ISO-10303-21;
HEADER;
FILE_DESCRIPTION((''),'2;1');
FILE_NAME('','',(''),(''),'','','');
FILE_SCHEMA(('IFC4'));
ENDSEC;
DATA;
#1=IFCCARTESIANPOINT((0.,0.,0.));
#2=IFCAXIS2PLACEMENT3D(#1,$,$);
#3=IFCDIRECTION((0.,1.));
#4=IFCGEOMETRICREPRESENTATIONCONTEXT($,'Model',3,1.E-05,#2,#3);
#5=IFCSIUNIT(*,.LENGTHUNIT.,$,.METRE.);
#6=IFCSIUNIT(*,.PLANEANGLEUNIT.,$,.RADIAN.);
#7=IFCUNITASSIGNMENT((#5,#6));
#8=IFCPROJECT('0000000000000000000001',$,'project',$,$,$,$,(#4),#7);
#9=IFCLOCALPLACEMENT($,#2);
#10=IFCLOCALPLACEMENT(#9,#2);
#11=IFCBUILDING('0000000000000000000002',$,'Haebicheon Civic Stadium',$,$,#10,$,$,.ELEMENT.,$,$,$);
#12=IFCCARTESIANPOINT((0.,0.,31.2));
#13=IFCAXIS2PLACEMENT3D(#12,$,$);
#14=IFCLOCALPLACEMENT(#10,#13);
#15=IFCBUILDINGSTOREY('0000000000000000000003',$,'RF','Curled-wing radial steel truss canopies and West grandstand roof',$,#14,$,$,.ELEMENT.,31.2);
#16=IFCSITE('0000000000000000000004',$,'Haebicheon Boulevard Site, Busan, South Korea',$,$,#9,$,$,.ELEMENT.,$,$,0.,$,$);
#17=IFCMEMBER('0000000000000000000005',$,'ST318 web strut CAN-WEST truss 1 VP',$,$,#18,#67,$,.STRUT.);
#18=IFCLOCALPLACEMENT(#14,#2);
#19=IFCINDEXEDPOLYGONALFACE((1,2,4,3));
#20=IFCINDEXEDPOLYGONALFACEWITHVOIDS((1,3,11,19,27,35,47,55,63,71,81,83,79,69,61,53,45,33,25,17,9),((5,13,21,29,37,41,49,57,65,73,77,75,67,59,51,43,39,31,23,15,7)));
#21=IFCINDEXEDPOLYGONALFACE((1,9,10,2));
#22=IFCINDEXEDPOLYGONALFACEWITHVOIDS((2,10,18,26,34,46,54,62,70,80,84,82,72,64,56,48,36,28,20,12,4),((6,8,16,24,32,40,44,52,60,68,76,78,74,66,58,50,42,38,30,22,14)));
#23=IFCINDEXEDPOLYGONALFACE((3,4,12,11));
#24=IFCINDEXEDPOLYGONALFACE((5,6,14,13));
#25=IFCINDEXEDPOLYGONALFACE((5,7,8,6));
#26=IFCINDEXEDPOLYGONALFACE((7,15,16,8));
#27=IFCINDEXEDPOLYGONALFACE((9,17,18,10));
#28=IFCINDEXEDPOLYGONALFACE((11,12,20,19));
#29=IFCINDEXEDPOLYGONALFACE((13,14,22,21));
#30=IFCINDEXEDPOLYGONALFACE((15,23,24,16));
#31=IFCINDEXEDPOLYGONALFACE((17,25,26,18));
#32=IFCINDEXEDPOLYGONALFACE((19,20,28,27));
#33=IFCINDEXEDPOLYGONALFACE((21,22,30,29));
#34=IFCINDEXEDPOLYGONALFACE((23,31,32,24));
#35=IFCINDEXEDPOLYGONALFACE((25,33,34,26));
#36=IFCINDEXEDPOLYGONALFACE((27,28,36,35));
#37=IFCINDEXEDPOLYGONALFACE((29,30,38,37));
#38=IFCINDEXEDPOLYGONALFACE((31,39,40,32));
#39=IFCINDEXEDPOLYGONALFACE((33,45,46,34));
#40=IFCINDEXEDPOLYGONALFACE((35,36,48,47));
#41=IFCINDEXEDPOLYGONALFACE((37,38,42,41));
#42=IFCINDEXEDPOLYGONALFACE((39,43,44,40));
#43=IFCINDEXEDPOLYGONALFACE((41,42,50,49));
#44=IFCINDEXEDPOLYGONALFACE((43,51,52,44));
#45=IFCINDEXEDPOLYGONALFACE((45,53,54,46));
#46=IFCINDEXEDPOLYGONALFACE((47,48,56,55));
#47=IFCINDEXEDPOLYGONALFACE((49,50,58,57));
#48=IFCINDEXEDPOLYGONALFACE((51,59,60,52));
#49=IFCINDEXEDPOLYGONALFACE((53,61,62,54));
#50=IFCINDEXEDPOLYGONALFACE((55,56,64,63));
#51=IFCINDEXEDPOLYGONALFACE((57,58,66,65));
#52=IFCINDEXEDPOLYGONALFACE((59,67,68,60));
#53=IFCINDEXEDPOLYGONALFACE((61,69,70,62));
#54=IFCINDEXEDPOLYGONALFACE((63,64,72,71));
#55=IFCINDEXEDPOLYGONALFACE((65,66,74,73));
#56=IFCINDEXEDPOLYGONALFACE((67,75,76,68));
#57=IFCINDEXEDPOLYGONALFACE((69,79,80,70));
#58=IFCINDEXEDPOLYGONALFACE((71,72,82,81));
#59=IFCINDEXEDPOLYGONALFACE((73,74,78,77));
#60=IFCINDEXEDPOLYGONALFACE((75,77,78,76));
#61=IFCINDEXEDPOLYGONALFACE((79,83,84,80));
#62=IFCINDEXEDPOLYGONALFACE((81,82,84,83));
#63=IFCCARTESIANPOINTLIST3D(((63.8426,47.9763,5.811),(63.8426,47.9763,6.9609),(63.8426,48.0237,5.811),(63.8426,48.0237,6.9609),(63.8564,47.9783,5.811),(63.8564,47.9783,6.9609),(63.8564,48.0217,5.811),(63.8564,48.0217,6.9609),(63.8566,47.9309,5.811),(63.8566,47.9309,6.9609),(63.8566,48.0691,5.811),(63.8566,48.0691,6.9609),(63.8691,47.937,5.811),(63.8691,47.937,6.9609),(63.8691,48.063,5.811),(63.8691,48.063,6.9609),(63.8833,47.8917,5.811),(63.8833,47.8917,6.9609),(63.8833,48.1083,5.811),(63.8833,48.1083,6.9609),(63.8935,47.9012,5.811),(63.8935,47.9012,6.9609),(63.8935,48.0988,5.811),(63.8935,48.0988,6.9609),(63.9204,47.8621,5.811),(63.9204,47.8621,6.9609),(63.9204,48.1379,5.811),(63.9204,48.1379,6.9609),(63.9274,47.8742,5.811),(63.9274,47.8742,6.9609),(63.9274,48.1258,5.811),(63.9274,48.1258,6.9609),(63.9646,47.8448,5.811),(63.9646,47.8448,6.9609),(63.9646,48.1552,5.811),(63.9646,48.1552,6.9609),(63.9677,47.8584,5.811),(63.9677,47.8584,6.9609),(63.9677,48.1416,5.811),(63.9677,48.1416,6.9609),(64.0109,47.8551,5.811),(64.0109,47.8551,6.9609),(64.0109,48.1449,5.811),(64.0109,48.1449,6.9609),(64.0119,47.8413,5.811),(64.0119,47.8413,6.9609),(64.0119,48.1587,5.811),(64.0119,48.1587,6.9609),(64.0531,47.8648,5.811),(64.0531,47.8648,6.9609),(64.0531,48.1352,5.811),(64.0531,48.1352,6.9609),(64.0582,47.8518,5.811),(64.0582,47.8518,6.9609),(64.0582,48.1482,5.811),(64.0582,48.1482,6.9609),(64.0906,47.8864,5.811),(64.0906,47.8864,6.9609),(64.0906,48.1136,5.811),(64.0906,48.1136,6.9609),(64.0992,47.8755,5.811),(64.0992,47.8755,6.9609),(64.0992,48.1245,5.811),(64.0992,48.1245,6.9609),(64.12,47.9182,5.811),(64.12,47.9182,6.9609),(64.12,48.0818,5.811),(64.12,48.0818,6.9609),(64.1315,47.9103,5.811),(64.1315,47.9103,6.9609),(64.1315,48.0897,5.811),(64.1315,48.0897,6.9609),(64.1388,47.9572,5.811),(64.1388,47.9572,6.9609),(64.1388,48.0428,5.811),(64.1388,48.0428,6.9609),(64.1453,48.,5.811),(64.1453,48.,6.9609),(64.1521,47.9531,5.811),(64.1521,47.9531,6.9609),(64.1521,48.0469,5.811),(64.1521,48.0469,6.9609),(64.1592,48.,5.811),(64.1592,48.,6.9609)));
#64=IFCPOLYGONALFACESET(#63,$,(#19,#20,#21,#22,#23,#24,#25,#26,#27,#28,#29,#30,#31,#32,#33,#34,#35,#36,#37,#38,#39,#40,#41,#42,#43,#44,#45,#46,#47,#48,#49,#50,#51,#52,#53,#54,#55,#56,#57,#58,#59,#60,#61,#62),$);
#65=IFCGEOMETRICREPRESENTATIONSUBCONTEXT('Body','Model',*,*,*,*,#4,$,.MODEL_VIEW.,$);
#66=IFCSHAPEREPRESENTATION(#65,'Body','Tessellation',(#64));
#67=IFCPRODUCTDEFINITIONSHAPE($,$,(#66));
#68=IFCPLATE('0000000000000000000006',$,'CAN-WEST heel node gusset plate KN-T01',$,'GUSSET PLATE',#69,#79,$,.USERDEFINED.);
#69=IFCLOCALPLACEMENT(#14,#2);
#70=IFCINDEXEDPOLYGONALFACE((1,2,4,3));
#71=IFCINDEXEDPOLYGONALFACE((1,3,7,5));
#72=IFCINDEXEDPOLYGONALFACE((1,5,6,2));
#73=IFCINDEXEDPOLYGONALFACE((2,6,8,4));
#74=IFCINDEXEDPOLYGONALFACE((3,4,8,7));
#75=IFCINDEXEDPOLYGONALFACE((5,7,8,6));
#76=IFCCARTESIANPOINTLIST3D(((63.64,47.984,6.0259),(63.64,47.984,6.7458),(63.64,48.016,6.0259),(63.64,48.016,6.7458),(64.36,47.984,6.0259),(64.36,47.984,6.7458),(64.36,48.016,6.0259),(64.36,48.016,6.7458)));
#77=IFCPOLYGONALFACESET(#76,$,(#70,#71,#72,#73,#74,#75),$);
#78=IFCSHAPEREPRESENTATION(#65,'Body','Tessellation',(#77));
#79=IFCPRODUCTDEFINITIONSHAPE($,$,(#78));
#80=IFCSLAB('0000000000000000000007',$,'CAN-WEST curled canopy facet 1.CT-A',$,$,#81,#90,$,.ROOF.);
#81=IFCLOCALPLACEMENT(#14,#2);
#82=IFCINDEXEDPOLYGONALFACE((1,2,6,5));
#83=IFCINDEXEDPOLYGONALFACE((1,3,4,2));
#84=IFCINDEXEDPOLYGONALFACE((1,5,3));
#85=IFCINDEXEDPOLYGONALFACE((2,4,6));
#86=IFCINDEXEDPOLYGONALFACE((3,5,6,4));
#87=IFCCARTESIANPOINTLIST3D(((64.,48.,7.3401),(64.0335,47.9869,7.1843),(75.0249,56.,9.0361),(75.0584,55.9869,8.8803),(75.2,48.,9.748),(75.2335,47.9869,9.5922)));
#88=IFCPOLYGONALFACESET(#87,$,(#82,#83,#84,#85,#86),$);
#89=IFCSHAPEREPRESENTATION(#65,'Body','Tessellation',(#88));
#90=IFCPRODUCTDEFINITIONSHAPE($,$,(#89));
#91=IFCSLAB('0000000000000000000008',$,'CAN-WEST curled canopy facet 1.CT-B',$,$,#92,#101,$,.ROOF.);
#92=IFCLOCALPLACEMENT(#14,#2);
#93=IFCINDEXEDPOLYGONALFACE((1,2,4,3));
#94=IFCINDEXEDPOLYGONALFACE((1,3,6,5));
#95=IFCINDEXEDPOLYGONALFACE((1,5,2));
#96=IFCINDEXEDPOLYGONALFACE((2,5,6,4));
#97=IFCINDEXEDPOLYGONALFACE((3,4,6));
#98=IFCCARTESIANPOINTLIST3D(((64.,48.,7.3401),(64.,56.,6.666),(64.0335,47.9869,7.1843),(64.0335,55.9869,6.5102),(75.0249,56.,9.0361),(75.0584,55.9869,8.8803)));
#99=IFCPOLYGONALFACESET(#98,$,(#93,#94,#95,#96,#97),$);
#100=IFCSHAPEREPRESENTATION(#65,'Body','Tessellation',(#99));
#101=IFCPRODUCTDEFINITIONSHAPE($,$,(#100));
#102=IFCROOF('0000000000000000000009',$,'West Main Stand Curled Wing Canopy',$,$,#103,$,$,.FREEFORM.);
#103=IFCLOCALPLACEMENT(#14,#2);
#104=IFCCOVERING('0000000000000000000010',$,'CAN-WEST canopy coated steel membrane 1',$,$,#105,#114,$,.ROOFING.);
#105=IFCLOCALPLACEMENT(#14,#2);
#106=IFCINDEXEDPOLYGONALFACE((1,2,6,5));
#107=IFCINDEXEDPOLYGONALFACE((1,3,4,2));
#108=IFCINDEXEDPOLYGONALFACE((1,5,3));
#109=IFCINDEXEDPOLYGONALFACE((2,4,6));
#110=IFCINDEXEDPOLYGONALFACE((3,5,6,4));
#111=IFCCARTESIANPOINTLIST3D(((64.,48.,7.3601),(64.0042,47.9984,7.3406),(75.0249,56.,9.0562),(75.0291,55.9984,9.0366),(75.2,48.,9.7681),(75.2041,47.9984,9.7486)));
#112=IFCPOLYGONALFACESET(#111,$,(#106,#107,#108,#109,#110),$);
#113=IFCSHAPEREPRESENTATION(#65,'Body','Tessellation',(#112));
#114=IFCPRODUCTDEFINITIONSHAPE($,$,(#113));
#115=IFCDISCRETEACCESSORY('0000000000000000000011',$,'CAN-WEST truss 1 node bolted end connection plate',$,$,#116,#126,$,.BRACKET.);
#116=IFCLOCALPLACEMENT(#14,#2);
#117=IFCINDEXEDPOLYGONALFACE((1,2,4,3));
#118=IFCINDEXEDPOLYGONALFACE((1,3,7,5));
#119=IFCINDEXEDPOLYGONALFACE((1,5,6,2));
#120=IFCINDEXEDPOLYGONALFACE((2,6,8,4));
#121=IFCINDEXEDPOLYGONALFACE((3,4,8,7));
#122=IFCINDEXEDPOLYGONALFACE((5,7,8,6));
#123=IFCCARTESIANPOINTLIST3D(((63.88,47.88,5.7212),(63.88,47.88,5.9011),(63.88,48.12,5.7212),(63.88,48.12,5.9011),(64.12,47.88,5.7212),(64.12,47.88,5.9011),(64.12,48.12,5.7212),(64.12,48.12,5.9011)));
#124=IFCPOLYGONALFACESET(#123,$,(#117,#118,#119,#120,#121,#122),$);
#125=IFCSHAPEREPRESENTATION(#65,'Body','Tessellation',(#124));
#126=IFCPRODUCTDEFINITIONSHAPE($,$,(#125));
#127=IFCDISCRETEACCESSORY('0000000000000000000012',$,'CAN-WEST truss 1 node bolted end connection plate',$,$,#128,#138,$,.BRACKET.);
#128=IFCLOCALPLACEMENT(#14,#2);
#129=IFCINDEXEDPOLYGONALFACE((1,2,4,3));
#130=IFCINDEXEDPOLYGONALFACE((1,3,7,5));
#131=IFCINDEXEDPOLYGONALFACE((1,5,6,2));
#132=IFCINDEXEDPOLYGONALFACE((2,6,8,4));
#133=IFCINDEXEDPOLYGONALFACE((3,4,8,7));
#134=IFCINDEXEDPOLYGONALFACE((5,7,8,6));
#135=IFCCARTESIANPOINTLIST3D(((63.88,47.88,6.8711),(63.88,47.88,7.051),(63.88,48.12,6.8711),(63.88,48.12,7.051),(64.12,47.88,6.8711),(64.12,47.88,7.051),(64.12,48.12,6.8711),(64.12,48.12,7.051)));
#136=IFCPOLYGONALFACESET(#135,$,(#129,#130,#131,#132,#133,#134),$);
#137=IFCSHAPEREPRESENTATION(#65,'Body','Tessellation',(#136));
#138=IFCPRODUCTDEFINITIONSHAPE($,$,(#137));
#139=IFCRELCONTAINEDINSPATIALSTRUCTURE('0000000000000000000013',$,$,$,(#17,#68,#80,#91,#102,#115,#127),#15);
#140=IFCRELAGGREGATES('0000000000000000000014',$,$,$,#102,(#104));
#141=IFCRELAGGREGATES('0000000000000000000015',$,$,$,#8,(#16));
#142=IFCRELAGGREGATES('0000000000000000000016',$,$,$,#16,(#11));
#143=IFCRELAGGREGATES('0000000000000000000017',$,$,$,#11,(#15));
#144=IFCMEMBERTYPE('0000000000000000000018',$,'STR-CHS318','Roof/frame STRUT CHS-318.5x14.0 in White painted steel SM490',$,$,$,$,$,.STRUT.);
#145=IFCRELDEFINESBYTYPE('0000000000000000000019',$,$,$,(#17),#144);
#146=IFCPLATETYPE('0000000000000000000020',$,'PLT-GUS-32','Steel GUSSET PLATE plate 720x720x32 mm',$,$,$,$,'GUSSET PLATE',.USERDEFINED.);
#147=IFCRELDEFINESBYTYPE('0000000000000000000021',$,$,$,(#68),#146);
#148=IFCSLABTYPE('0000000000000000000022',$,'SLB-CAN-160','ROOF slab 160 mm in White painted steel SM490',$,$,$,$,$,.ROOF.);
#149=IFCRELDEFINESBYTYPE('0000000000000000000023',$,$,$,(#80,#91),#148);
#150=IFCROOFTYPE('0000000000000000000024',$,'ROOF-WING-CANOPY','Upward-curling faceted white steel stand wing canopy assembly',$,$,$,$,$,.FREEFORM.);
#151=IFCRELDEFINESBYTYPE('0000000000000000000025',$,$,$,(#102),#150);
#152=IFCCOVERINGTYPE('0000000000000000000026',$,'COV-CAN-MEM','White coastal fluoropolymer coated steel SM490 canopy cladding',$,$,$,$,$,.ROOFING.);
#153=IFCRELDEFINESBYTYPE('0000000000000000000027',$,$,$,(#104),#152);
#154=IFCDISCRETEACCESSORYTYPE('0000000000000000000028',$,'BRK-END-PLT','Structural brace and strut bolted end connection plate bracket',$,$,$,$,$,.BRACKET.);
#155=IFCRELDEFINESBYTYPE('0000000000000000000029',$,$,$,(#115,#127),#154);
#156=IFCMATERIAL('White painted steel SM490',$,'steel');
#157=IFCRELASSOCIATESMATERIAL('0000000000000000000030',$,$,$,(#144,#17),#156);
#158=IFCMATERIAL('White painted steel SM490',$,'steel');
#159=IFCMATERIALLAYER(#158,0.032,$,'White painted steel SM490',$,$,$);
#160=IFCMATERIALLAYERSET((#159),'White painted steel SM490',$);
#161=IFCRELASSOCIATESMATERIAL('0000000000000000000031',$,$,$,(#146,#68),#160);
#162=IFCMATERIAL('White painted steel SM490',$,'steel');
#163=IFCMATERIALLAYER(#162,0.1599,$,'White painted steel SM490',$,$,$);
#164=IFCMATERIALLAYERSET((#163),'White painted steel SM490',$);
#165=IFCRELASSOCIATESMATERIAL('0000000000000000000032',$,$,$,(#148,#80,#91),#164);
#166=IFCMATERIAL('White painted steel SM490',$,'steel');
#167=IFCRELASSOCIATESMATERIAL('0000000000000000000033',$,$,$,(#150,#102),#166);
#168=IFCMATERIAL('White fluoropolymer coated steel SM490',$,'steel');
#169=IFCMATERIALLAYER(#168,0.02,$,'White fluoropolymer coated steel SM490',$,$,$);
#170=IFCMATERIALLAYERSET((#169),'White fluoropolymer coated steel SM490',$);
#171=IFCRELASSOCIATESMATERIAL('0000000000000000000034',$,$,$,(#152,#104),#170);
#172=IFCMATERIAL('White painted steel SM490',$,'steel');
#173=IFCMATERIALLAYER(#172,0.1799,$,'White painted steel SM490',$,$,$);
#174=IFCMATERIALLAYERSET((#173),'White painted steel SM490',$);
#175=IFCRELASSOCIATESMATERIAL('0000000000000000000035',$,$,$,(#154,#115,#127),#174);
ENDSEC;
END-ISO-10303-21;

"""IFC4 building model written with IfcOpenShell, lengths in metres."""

from ifc_helpers import new_model, si_unit, direction, frame, origin, origin_2d, place, context, subcontext, project, spatial, polyline, rectangle, hollow_circle, outline, extrude, material, layer, layer_set, material_profile, profile_set, type_object, element, aggregate, save


model = new_model("IFC4")

# Units and contexts
model_context = context("Model", 3, precision=1e-05, world=origin(), true_north=direction((0.0, 1.0)))
body_context = subcontext(model_context, "Body", "Model", "MODEL_VIEW")
ifc_project = project(units=[si_unit("LENGTHUNIT", "METRE"), si_unit("PLANEANGLEUNIT", "RADIAN")], contexts=[model_context])

# Site, building, storey
site_placement = place(None, origin())
site = spatial("IfcSite", under=ifc_project, at=site_placement, Name="Haebicheon Boulevard Site, Busan, South Korea", CompositionType="ELEMENT", RefElevation=0.0)
building_placement = place(site_placement, origin())
building = spatial("IfcBuilding", under=site, at=building_placement, Name="Haebicheon Civic Stadium", CompositionType="ELEMENT")
storey_placement = place(building_placement, frame((0.0, 0.0, 31.2)))
storey = spatial("IfcBuildingStorey", under=building, at=storey_placement, Name="RF", Description="Curled-wing radial steel truss canopies and West grandstand roof", CompositionType="ELEMENT", Elevation=31.2)

# Member
ifc_material_1 = material(Name="White painted steel SM490", Category="steel")
ifc_material_profile_1 = material_profile(ifc_material_1, hollow_circle(Radius=0.1592, WallThickness=0.0139, at=origin_2d()), Name="CHS-318.5x14.0")
ifc_profile_set_1 = profile_set([ifc_material_profile_1], Name="White painted steel SM490")
member_type_1 = type_object("IfcMemberType", Name="STR-CHS318", Description="Roof/frame STRUT CHS-318.5x14.0 in White painted steel SM490", PredefinedType="STRUT", material=ifc_profile_set_1)
member_1_placement = place(storey_placement, frame((64.0, 48.0, 5.811), z_axis=(0.0, 0.0, 1.0), x_axis=(1.0, 0.0, 0.0)))
element("IfcMember", 1, at=member_1_placement, inside=storey, type_object=member_type_1, material=ifc_profile_set_1, Name="ST318 web strut CAN-WEST truss 1 VP", PredefinedType="STRUT", context=body_context, shape_type="SweptSolid", body=[
    extrude(hollow_circle(Radius=0.1592, WallThickness=0.0139, at=origin_2d()), origin(), (0.0, 0.0, 1.0), 1.1499),
])

# Plate
ifc_material_2 = material(Name="White painted steel SM490", Category="steel")
ifc_layer_1 = layer(ifc_material_2, 0.032, Name="White painted steel SM490")
ifc_layer_set_1 = layer_set([ifc_layer_1], Name="White painted steel SM490")
plate_type = type_object("IfcPlateType", Name="PLT-GUS-32", Description="Steel GUSSET PLATE plate 720x720x32 mm", ElementType="GUSSET PLATE", PredefinedType="USERDEFINED", material=ifc_layer_set_1)
plate_placement = place(storey_placement, frame((64.0, 48.0, 6.0259), z_axis=(0.0, 0.0, 1.0), x_axis=(1.0, 0.0, 0.0)))
element("IfcPlate", 2, at=plate_placement, inside=storey, type_object=plate_type, material=ifc_layer_set_1, Name="CAN-WEST heel node gusset plate KN-T01", ObjectType="GUSSET PLATE", PredefinedType="USERDEFINED", context=body_context, shape_type="SweptSolid", body=[
    extrude(rectangle(XDim=0.72, YDim=0.032, at=origin_2d()), origin(), (0.0, 0.0, 1.0), 0.72),
])

# Slabs
ifc_material_3 = material(Name="White painted steel SM490", Category="steel")
ifc_layer_2 = layer(ifc_material_3, 0.1599, Name="White painted steel SM490")
ifc_layer_set_2 = layer_set([ifc_layer_2], Name="White painted steel SM490")
slab_type = type_object("IfcSlabType", Name="SLB-CAN-160", Description="ROOF slab 160 mm in White painted steel SM490", PredefinedType="ROOF", material=ifc_layer_set_2)
slab_1_placement = place(storey_placement, frame((64.0, 48.0, 7.3401), z_axis=(-0.209484, 0.082124, 0.974357), x_axis=(0.97766, 0.0, 0.210194)))
element("IfcSlab", 3, at=slab_1_placement, inside=storey, type_object=slab_type, material=ifc_layer_set_2, Name="CAN-WEST curled canopy facet 1.CT-A", PredefinedType="ROOF", context=body_context, shape_type="SweptSolid", body=[
    extrude(outline(polyline([(0.0, 0.0), (11.4559, 0.0), (11.1351, 8.0271), (0.0, 0.0)])), origin(), (0.0, 0.0, -1.0), 0.1599),
])
slab_2_placement = place(storey_placement, frame((64.0, 48.0, 7.3401), z_axis=(-0.209467, 0.082099, 0.974363), x_axis=(0.803166, 0.582802, 0.123557)))
element("IfcSlab", 4, at=slab_2_placement, inside=storey, type_object=slab_type, material=ifc_layer_set_2, Name="CAN-WEST curled canopy facet 1.CT-B", PredefinedType="ROOF", context=body_context, shape_type="SweptSolid", body=[
    extrude(outline(polyline([(0.0, 0.0), (13.7268, 0.0), (4.5791, 6.5944), (0.0, 0.0)])), origin(), (0.0, 0.0, -1.0), 0.1599),
])

# Roof, covering
ifc_material_4 = material(Name="White painted steel SM490", Category="steel")
roof_type = type_object("IfcRoofType", Name="ROOF-WING-CANOPY", Description="Upward-curling faceted white steel stand wing canopy assembly", PredefinedType="FREEFORM", material=ifc_material_4)
roof_placement = place(storey_placement, origin())
roof = element("IfcRoof", 5, at=roof_placement, inside=storey, type_object=roof_type, material=ifc_material_4, Name="West Main Stand Curled Wing Canopy", PredefinedType="FREEFORM")
ifc_material_5 = material(Name="White fluoropolymer coated steel SM490", Category="steel")
ifc_layer_3 = layer(ifc_material_5, 0.02, Name="White fluoropolymer coated steel SM490")
ifc_layer_set_3 = layer_set([ifc_layer_3], Name="White fluoropolymer coated steel SM490")
covering_type = type_object("IfcCoveringType", Name="COV-CAN-MEM", Description="White coastal fluoropolymer coated steel SM490 canopy cladding", PredefinedType="ROOFING", material=ifc_layer_set_3)
covering_placement = place(storey_placement, frame((64.0, 48.0, 7.3601), z_axis=(-0.209484, 0.082124, 0.974357), x_axis=(0.97766, 0.0, 0.210194)))
covering = element("IfcCovering", 6, at=covering_placement, type_object=covering_type, material=ifc_layer_set_3, Name="CAN-WEST canopy coated steel membrane 1", PredefinedType="ROOFING", context=body_context, shape_type="SweptSolid", body=[
    extrude(outline(polyline([(0.0, 0.0), (11.4559, 0.0), (11.1351, 8.0271), (0.0, 0.0)])), origin(), (0.0, 0.0, -1.0), 0.02),
])
aggregate(roof, [covering])

# Discrete accessories
ifc_material_6 = material(Name="White painted steel SM490", Category="steel")
ifc_layer_4 = layer(ifc_material_6, 0.1799, Name="White painted steel SM490")
ifc_layer_set_4 = layer_set([ifc_layer_4], Name="White painted steel SM490")
discrete_accessory_type = type_object("IfcDiscreteAccessoryType", Name="BRK-END-PLT", Description="Structural brace and strut bolted end connection plate bracket", PredefinedType="BRACKET", material=ifc_layer_set_4)
for number, where, z_axis, x_axis, name in (
    (7, (64.0, 48.0, 5.7212), (0.0, 0.0, 1.0), (1.0, 0.0, 0.0), "CAN-WEST truss 1 node bolted end connection plate"),
    (8, (64.0, 48.0, 6.8711), (0.0, 0.0, 1.0), (1.0, 0.0, 0.0), "CAN-WEST truss 1 node bolted end connection plate"),
):
    element("IfcDiscreteAccessory", number, at=place(storey_placement, frame(where, z_axis=z_axis, x_axis=x_axis)), inside=storey, type_object=discrete_accessory_type, material=ifc_layer_set_4, Name=name, PredefinedType="BRACKET", context=body_context, shape_type="SweptSolid", body=[
        extrude(rectangle(XDim=0.24, YDim=0.24, at=origin_2d()), origin(), (0.0, 0.0, 1.0), 0.1799),
    ])

save(model, "model.ifc")
